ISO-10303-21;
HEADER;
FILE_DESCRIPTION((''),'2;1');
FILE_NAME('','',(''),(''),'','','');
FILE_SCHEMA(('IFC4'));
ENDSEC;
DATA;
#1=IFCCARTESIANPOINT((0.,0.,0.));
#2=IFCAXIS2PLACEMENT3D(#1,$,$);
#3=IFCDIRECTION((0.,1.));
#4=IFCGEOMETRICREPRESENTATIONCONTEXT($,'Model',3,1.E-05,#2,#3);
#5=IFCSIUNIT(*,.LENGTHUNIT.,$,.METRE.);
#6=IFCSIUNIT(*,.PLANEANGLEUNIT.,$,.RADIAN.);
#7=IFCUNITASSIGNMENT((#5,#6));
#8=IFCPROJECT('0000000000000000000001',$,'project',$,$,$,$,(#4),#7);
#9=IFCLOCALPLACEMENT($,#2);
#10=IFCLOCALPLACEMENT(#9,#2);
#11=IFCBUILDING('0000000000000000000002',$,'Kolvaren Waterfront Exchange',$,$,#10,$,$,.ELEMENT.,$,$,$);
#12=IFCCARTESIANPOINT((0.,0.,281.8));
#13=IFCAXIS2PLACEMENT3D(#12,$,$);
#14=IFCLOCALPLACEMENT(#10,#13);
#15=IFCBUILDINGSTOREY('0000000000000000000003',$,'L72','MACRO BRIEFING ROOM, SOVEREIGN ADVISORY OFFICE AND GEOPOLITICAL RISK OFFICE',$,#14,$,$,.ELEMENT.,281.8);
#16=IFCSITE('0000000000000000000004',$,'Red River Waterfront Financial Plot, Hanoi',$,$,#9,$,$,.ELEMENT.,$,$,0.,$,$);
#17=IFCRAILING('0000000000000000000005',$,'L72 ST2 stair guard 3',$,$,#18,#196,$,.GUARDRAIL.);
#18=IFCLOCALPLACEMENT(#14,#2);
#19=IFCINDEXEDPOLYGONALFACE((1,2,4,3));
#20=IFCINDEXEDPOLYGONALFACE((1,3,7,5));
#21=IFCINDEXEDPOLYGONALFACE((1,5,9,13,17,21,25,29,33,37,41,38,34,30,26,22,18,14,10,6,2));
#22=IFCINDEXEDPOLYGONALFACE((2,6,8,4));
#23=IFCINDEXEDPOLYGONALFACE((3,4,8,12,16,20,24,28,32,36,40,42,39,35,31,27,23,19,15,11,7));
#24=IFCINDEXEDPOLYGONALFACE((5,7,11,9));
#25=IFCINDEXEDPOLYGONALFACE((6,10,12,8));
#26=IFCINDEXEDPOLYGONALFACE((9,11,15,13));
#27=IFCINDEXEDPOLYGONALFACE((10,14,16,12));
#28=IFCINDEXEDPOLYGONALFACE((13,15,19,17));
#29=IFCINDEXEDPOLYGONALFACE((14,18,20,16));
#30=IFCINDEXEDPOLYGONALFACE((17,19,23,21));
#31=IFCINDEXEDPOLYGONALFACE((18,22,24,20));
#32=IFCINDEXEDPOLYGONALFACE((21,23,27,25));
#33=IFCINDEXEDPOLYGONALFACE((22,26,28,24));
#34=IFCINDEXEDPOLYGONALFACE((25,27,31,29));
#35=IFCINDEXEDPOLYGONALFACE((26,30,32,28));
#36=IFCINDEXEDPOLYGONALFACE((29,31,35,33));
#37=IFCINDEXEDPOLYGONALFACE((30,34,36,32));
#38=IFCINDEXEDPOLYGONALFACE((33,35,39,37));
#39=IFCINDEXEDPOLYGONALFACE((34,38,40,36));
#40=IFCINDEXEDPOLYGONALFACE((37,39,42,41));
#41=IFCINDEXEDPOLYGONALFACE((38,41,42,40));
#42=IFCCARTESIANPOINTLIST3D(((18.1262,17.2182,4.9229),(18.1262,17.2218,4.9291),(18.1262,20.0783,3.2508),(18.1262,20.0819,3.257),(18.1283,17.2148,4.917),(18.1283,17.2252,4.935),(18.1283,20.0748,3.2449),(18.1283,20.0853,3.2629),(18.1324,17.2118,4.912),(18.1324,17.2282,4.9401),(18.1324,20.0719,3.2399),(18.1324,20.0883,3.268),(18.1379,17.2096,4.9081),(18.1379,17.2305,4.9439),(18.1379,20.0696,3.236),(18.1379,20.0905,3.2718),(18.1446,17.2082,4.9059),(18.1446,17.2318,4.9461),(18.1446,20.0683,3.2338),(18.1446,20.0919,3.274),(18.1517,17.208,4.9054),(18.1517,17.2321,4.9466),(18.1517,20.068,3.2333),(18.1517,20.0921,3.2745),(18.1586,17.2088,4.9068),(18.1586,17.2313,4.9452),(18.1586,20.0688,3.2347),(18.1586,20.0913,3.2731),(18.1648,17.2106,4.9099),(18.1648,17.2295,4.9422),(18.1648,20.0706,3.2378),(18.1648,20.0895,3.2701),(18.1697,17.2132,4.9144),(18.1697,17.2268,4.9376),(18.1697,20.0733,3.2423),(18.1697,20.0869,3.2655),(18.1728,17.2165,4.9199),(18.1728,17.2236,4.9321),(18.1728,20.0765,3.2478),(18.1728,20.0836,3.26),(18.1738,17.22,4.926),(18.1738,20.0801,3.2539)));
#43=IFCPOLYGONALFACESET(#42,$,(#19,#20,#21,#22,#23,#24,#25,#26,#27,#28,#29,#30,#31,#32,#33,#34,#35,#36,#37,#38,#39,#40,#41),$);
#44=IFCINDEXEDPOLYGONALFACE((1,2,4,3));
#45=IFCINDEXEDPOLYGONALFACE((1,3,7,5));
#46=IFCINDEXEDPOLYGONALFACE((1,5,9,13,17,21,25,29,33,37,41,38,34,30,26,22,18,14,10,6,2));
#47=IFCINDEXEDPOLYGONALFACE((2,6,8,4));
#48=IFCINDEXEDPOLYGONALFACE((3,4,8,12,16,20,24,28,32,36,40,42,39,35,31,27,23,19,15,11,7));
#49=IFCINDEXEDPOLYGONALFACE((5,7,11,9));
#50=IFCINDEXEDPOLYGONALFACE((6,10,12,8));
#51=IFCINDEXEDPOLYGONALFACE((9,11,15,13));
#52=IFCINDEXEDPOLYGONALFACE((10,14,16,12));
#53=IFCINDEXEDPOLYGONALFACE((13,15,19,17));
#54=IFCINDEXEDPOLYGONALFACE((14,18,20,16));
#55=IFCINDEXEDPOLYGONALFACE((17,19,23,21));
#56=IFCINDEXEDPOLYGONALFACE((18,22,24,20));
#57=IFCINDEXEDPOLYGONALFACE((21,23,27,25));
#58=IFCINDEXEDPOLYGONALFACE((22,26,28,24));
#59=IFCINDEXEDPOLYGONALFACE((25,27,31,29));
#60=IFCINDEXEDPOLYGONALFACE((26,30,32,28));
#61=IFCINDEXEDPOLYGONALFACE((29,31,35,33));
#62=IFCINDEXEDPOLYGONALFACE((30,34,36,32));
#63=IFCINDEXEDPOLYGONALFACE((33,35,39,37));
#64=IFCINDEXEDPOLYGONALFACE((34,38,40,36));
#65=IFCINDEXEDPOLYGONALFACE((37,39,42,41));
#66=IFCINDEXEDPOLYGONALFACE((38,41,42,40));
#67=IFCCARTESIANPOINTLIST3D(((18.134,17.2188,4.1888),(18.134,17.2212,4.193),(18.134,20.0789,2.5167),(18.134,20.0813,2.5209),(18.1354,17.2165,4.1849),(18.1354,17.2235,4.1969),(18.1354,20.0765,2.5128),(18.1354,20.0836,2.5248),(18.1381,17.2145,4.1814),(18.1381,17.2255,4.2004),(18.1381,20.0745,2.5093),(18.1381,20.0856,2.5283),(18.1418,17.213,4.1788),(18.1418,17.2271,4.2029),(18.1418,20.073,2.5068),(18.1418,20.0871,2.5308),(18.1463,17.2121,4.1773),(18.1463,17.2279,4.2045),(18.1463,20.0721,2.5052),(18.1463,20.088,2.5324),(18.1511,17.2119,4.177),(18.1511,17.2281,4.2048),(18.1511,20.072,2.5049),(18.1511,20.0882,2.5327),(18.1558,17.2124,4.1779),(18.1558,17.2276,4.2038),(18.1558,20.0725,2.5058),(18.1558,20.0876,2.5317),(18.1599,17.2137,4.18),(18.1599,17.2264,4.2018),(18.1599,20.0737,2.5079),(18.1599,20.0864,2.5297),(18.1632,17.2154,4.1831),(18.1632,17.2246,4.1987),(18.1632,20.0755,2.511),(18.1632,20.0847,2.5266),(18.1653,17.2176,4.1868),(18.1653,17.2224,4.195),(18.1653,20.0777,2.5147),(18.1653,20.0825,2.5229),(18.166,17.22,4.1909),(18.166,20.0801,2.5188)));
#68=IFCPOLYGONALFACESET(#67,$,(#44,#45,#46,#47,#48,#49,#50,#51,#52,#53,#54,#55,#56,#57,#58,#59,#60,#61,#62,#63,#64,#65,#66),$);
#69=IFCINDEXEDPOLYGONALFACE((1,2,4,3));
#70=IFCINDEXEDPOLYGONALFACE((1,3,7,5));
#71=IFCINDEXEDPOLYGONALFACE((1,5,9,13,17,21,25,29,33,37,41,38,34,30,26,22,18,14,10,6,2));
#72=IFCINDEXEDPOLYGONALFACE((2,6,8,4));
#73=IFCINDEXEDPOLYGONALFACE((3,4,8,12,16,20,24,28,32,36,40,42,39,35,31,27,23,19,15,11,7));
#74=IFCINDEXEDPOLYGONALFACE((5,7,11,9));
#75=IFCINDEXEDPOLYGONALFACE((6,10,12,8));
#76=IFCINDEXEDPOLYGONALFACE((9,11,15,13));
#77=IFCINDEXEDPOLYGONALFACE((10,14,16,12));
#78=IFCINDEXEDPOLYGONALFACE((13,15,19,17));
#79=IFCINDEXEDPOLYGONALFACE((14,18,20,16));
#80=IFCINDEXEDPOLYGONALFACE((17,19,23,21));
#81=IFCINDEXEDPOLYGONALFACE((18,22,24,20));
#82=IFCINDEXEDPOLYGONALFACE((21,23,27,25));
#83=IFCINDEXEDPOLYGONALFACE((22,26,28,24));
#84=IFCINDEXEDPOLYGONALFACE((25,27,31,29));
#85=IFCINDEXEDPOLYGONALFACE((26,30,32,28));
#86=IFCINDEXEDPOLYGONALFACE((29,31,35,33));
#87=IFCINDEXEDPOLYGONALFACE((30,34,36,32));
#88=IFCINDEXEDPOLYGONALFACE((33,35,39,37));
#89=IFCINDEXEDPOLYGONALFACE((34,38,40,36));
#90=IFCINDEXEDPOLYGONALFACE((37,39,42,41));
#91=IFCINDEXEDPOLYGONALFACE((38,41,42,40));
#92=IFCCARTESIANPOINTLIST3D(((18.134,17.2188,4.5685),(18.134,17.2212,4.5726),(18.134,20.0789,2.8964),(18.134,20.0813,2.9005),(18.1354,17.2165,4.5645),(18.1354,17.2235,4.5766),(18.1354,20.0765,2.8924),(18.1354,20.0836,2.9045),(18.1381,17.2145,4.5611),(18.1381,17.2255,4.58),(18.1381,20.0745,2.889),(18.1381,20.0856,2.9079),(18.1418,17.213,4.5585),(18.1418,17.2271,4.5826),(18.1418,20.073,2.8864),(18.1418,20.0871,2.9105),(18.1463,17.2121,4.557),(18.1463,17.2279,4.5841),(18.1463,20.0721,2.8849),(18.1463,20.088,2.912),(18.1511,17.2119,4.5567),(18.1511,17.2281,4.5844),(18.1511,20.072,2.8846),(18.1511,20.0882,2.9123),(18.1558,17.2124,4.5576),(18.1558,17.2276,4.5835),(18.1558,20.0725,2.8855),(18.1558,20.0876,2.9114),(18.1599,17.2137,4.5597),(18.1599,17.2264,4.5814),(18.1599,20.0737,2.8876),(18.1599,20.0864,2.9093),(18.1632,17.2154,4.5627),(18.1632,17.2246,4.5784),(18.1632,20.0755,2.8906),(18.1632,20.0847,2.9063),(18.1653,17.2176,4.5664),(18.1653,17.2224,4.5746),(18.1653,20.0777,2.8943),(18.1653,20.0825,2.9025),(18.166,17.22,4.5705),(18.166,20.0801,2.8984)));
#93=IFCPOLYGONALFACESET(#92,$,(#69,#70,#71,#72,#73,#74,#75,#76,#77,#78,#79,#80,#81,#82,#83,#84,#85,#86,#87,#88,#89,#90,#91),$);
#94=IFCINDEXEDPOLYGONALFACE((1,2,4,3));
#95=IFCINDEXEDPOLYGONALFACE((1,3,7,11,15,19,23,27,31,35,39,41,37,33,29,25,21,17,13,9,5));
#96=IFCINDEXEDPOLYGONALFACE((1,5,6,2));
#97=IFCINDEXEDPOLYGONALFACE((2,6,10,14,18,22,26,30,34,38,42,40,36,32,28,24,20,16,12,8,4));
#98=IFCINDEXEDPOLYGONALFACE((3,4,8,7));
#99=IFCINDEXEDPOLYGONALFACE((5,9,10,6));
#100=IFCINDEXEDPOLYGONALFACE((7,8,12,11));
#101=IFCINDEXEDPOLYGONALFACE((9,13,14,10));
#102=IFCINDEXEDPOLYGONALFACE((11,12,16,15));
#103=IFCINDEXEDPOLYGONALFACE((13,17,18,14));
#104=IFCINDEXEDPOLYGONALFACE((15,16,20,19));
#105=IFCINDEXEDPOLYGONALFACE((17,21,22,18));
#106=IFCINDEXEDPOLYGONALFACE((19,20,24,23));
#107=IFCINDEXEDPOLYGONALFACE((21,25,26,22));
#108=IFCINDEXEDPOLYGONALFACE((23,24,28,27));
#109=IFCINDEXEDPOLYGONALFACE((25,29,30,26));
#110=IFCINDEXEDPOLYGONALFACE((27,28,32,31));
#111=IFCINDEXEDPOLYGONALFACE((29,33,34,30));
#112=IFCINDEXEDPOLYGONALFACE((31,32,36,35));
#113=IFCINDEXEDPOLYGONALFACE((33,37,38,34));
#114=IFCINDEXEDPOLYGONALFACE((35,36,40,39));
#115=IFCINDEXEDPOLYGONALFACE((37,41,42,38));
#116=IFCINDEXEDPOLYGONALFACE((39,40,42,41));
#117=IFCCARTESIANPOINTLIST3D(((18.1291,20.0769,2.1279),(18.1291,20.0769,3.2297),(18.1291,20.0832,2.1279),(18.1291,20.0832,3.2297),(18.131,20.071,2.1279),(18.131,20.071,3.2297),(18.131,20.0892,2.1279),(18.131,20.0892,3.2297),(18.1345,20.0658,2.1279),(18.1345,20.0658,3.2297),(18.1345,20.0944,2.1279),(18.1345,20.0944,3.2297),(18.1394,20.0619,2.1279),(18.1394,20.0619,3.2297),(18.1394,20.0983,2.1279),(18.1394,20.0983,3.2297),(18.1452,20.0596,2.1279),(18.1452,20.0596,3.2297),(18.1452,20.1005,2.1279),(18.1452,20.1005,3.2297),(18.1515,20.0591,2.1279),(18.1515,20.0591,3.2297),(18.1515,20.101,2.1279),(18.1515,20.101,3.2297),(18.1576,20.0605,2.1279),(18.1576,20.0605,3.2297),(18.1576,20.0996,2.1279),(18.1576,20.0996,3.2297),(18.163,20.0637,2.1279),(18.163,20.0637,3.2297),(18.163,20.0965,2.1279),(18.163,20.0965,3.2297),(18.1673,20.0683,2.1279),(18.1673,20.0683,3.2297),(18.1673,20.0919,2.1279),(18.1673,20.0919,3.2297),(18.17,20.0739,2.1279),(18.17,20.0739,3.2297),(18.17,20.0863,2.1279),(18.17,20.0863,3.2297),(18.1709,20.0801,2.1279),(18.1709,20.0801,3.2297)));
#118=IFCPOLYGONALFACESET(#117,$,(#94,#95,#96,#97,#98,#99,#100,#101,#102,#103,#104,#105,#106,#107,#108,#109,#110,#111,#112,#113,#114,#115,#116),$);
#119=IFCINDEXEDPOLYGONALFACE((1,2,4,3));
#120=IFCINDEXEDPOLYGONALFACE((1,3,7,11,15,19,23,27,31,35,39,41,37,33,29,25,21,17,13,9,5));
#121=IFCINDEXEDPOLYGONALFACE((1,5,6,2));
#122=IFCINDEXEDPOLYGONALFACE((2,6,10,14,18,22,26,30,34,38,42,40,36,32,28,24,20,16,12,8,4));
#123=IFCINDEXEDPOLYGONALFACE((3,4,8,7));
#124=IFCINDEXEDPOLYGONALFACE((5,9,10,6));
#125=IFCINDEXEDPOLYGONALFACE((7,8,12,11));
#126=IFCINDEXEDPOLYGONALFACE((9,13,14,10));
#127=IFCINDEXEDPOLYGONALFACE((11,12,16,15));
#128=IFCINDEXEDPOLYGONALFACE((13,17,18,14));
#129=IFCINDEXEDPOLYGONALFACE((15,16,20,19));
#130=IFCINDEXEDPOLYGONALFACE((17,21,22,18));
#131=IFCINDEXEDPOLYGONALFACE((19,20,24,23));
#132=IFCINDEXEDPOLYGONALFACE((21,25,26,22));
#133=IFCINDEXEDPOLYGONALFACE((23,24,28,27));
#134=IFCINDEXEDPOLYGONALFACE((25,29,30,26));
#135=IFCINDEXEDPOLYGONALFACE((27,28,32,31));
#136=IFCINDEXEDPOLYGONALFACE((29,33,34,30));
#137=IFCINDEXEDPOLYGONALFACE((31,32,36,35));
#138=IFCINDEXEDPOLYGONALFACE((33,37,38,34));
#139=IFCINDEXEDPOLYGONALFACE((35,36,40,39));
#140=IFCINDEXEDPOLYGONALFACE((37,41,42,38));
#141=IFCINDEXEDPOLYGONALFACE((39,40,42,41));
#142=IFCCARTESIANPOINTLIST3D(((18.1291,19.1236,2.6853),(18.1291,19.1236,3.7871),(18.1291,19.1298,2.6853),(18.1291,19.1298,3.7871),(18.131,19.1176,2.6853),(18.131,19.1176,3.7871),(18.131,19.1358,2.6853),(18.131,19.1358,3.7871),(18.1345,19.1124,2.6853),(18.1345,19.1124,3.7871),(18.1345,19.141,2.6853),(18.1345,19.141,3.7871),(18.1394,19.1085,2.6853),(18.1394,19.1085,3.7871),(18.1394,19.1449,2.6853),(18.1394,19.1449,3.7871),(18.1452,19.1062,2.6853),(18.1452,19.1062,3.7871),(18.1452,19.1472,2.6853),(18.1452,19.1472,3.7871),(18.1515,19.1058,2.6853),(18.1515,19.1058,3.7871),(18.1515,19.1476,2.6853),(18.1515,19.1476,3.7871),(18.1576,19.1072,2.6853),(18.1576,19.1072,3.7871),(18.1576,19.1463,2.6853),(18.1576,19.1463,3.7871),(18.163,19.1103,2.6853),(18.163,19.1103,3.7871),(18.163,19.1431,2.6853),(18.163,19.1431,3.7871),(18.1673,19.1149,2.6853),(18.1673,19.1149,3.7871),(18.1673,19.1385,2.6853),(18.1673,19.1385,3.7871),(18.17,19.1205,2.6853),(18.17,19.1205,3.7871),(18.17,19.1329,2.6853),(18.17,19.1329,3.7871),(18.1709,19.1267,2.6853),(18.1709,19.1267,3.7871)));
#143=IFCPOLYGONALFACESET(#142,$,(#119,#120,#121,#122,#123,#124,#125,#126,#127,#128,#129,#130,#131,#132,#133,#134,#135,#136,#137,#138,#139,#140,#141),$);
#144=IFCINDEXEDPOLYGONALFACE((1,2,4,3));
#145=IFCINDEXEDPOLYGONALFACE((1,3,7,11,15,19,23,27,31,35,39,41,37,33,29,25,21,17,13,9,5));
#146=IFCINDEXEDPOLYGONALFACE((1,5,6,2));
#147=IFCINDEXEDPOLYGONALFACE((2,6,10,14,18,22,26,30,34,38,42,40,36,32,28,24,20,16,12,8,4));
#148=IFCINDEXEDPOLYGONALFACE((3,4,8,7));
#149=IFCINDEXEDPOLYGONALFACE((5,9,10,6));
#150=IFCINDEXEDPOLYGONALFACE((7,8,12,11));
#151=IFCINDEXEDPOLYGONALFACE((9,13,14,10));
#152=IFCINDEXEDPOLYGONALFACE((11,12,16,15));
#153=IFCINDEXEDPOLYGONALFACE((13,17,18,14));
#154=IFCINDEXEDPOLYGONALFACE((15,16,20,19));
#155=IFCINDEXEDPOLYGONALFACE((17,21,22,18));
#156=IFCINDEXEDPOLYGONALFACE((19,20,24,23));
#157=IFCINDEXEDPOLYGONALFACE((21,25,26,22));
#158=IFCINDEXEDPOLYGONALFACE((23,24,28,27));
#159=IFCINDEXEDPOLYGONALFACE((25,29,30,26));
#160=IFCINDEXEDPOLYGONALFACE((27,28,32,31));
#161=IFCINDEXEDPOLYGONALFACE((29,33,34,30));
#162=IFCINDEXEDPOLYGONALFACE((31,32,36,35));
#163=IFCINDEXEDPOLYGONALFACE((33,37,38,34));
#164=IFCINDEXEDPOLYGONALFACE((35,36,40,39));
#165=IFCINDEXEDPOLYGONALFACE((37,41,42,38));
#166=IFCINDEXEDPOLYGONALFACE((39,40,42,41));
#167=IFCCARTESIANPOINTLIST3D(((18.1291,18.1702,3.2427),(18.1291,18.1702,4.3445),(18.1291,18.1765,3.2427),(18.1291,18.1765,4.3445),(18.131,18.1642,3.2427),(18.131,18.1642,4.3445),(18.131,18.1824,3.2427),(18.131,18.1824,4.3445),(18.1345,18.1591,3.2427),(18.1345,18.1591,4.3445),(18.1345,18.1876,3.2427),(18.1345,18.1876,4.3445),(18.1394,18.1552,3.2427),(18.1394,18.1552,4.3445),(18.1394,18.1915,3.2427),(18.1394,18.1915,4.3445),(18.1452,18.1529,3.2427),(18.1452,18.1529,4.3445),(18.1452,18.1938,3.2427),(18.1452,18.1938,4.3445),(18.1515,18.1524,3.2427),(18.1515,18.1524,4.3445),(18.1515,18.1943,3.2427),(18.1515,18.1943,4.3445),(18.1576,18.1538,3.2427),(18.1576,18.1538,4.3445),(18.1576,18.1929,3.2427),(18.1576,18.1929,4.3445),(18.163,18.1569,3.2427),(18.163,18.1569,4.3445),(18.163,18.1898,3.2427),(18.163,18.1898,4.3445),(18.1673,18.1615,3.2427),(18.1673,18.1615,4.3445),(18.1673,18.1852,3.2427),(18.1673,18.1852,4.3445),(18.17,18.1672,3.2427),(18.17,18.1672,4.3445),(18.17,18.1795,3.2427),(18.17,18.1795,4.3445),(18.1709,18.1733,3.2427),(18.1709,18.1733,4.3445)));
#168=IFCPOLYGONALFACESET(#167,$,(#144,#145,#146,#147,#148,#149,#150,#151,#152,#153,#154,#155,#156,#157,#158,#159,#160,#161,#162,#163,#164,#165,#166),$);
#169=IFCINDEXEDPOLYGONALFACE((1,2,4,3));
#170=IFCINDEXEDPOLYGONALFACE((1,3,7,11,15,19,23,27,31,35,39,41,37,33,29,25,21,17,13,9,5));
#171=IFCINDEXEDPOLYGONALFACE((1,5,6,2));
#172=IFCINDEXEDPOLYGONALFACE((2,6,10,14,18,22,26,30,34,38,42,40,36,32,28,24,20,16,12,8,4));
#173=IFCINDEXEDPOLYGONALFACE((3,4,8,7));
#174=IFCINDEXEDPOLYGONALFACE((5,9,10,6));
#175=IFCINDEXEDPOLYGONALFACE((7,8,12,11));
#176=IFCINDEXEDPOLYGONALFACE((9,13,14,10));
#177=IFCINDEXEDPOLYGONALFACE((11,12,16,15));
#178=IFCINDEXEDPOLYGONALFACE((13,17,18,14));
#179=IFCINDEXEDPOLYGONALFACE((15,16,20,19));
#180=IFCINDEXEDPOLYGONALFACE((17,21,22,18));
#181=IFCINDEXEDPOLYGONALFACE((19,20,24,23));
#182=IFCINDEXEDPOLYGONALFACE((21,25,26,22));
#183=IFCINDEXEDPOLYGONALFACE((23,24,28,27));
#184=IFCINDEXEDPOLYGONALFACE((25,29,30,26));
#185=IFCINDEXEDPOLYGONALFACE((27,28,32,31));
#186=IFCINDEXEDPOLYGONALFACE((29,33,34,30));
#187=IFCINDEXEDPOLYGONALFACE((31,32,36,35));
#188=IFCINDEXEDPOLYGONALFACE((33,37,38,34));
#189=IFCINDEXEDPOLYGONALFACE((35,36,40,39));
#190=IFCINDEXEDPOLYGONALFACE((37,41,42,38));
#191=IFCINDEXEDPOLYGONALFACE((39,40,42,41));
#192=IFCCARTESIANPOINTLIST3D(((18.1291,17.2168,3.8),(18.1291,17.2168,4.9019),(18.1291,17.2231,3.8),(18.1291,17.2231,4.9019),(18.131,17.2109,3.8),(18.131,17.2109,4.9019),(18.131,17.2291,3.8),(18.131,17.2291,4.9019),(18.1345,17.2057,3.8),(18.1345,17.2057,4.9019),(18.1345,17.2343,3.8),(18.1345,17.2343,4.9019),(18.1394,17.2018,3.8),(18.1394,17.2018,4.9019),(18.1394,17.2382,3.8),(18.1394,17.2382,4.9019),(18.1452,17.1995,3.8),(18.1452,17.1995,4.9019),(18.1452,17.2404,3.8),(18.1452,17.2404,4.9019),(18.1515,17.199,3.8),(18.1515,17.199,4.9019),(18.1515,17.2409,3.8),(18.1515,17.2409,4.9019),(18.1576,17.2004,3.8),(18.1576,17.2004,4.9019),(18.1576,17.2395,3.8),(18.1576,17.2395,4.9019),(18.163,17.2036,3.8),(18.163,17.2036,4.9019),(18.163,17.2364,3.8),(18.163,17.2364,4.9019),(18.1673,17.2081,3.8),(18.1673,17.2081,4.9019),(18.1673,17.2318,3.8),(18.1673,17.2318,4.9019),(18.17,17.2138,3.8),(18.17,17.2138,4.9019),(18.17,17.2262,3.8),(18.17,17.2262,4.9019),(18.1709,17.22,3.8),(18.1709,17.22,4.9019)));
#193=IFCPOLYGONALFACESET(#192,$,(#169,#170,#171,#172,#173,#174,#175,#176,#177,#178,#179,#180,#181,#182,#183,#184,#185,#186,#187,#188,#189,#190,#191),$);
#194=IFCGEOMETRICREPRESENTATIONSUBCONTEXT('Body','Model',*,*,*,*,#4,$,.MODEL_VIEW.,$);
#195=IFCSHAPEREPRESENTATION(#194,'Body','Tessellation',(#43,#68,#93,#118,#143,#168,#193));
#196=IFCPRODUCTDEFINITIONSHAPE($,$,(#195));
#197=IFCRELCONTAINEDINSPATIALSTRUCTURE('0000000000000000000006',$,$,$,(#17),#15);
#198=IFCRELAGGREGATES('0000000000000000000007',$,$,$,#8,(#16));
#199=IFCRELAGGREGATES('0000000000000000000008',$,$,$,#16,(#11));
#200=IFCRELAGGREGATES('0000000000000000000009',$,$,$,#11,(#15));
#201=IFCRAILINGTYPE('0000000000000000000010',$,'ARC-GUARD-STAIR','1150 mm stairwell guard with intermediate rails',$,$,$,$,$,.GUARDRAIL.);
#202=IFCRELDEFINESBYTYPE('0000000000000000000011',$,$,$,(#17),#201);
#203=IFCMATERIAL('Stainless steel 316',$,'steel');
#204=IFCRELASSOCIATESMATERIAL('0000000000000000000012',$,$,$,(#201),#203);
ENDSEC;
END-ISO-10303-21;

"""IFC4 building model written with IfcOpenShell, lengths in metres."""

from ifc_helpers import new_model, si_unit, direction, frame, origin, origin_2d, place, context, subcontext, project, spatial, circle, extrude, material, type_object, element, save


model = new_model("IFC4")

# Units and contexts
model_context = context("Model", 3, precision=1e-05, world=origin(), true_north=direction((0.0, 1.0)))
body_context = subcontext(model_context, "Body", "Model", "MODEL_VIEW")
ifc_project = project(units=[si_unit("LENGTHUNIT", "METRE"), si_unit("PLANEANGLEUNIT", "RADIAN")], contexts=[model_context])

# Site, building, storey
site_placement = place(None, origin())
site = spatial("IfcSite", under=ifc_project, at=site_placement, Name="Red River Waterfront Financial Plot, Hanoi", CompositionType="ELEMENT", RefElevation=0.0)
building_placement = place(site_placement, origin())
building = spatial("IfcBuilding", under=site, at=building_placement, Name="Kolvaren Waterfront Exchange", CompositionType="ELEMENT")
storey_placement = place(building_placement, frame((0.0, 0.0, 281.8)))
storey = spatial("IfcBuildingStorey", under=building, at=storey_placement, Name="L72", Description="MACRO BRIEFING ROOM, SOVEREIGN ADVISORY OFFICE AND GEOPOLITICAL RISK OFFICE", CompositionType="ELEMENT", Elevation=281.8)

# Railing
ifc_material_1 = material(Name="Stainless steel 316", Category="steel")
railing_type_1 = type_object("IfcRailingType", Name="ARC-GUARD-STAIR", Description="1150 mm stairwell guard with intermediate rails", PredefinedType="GUARDRAIL", material=ifc_material_1)
railing_1_placement = place(storey_placement, frame((18.1499, 20.0801, 2.1279)))
element("IfcRailing", 1, at=railing_1_placement, inside=storey, type_object=railing_type_1, Name="L72 ST2 stair guard 3", PredefinedType="GUARDRAIL", context=body_context, shape_type="SweptSolid", body=[
    extrude(circle(Radius=0.0239, at=origin_2d()), frame((0.0, 0.0, 1.126), z_axis=(0.0, -0.863289, 0.504709), x_axis=(1.0, 0.0, 0.0)), (0.0, 0.0, 1.0), 3.313),
    extrude(circle(Radius=0.0161, at=origin_2d()), frame((0.0, 0.0, 0.3909), z_axis=(0.0, -0.863289, 0.504709), x_axis=(1.0, 0.0, 0.0)), (0.0, 0.0, 1.0), 3.313),
    extrude(circle(Radius=0.0161, at=origin_2d()), frame((0.0, 0.0, 0.7705), z_axis=(0.0, -0.863289, 0.504709), x_axis=(1.0, 0.0, 0.0)), (0.0, 0.0, 1.0), 3.313),
    extrude(circle(Radius=0.021, at=origin_2d()), origin(), (0.0, 0.0, 1.0), 1.1018),
    extrude(circle(Radius=0.021, at=origin_2d()), frame((0.0, -0.9534, 0.5574)), (0.0, 0.0, 1.0), 1.1018),
    extrude(circle(Radius=0.021, at=origin_2d()), frame((0.0, -1.9067, 1.1147)), (0.0, 0.0, 1.0), 1.1018),
    extrude(circle(Radius=0.021, at=origin_2d()), frame((0.0, -2.8601, 1.6721)), (0.0, 0.0, 1.0), 1.1018),
])

save(model, "model.ifc")
